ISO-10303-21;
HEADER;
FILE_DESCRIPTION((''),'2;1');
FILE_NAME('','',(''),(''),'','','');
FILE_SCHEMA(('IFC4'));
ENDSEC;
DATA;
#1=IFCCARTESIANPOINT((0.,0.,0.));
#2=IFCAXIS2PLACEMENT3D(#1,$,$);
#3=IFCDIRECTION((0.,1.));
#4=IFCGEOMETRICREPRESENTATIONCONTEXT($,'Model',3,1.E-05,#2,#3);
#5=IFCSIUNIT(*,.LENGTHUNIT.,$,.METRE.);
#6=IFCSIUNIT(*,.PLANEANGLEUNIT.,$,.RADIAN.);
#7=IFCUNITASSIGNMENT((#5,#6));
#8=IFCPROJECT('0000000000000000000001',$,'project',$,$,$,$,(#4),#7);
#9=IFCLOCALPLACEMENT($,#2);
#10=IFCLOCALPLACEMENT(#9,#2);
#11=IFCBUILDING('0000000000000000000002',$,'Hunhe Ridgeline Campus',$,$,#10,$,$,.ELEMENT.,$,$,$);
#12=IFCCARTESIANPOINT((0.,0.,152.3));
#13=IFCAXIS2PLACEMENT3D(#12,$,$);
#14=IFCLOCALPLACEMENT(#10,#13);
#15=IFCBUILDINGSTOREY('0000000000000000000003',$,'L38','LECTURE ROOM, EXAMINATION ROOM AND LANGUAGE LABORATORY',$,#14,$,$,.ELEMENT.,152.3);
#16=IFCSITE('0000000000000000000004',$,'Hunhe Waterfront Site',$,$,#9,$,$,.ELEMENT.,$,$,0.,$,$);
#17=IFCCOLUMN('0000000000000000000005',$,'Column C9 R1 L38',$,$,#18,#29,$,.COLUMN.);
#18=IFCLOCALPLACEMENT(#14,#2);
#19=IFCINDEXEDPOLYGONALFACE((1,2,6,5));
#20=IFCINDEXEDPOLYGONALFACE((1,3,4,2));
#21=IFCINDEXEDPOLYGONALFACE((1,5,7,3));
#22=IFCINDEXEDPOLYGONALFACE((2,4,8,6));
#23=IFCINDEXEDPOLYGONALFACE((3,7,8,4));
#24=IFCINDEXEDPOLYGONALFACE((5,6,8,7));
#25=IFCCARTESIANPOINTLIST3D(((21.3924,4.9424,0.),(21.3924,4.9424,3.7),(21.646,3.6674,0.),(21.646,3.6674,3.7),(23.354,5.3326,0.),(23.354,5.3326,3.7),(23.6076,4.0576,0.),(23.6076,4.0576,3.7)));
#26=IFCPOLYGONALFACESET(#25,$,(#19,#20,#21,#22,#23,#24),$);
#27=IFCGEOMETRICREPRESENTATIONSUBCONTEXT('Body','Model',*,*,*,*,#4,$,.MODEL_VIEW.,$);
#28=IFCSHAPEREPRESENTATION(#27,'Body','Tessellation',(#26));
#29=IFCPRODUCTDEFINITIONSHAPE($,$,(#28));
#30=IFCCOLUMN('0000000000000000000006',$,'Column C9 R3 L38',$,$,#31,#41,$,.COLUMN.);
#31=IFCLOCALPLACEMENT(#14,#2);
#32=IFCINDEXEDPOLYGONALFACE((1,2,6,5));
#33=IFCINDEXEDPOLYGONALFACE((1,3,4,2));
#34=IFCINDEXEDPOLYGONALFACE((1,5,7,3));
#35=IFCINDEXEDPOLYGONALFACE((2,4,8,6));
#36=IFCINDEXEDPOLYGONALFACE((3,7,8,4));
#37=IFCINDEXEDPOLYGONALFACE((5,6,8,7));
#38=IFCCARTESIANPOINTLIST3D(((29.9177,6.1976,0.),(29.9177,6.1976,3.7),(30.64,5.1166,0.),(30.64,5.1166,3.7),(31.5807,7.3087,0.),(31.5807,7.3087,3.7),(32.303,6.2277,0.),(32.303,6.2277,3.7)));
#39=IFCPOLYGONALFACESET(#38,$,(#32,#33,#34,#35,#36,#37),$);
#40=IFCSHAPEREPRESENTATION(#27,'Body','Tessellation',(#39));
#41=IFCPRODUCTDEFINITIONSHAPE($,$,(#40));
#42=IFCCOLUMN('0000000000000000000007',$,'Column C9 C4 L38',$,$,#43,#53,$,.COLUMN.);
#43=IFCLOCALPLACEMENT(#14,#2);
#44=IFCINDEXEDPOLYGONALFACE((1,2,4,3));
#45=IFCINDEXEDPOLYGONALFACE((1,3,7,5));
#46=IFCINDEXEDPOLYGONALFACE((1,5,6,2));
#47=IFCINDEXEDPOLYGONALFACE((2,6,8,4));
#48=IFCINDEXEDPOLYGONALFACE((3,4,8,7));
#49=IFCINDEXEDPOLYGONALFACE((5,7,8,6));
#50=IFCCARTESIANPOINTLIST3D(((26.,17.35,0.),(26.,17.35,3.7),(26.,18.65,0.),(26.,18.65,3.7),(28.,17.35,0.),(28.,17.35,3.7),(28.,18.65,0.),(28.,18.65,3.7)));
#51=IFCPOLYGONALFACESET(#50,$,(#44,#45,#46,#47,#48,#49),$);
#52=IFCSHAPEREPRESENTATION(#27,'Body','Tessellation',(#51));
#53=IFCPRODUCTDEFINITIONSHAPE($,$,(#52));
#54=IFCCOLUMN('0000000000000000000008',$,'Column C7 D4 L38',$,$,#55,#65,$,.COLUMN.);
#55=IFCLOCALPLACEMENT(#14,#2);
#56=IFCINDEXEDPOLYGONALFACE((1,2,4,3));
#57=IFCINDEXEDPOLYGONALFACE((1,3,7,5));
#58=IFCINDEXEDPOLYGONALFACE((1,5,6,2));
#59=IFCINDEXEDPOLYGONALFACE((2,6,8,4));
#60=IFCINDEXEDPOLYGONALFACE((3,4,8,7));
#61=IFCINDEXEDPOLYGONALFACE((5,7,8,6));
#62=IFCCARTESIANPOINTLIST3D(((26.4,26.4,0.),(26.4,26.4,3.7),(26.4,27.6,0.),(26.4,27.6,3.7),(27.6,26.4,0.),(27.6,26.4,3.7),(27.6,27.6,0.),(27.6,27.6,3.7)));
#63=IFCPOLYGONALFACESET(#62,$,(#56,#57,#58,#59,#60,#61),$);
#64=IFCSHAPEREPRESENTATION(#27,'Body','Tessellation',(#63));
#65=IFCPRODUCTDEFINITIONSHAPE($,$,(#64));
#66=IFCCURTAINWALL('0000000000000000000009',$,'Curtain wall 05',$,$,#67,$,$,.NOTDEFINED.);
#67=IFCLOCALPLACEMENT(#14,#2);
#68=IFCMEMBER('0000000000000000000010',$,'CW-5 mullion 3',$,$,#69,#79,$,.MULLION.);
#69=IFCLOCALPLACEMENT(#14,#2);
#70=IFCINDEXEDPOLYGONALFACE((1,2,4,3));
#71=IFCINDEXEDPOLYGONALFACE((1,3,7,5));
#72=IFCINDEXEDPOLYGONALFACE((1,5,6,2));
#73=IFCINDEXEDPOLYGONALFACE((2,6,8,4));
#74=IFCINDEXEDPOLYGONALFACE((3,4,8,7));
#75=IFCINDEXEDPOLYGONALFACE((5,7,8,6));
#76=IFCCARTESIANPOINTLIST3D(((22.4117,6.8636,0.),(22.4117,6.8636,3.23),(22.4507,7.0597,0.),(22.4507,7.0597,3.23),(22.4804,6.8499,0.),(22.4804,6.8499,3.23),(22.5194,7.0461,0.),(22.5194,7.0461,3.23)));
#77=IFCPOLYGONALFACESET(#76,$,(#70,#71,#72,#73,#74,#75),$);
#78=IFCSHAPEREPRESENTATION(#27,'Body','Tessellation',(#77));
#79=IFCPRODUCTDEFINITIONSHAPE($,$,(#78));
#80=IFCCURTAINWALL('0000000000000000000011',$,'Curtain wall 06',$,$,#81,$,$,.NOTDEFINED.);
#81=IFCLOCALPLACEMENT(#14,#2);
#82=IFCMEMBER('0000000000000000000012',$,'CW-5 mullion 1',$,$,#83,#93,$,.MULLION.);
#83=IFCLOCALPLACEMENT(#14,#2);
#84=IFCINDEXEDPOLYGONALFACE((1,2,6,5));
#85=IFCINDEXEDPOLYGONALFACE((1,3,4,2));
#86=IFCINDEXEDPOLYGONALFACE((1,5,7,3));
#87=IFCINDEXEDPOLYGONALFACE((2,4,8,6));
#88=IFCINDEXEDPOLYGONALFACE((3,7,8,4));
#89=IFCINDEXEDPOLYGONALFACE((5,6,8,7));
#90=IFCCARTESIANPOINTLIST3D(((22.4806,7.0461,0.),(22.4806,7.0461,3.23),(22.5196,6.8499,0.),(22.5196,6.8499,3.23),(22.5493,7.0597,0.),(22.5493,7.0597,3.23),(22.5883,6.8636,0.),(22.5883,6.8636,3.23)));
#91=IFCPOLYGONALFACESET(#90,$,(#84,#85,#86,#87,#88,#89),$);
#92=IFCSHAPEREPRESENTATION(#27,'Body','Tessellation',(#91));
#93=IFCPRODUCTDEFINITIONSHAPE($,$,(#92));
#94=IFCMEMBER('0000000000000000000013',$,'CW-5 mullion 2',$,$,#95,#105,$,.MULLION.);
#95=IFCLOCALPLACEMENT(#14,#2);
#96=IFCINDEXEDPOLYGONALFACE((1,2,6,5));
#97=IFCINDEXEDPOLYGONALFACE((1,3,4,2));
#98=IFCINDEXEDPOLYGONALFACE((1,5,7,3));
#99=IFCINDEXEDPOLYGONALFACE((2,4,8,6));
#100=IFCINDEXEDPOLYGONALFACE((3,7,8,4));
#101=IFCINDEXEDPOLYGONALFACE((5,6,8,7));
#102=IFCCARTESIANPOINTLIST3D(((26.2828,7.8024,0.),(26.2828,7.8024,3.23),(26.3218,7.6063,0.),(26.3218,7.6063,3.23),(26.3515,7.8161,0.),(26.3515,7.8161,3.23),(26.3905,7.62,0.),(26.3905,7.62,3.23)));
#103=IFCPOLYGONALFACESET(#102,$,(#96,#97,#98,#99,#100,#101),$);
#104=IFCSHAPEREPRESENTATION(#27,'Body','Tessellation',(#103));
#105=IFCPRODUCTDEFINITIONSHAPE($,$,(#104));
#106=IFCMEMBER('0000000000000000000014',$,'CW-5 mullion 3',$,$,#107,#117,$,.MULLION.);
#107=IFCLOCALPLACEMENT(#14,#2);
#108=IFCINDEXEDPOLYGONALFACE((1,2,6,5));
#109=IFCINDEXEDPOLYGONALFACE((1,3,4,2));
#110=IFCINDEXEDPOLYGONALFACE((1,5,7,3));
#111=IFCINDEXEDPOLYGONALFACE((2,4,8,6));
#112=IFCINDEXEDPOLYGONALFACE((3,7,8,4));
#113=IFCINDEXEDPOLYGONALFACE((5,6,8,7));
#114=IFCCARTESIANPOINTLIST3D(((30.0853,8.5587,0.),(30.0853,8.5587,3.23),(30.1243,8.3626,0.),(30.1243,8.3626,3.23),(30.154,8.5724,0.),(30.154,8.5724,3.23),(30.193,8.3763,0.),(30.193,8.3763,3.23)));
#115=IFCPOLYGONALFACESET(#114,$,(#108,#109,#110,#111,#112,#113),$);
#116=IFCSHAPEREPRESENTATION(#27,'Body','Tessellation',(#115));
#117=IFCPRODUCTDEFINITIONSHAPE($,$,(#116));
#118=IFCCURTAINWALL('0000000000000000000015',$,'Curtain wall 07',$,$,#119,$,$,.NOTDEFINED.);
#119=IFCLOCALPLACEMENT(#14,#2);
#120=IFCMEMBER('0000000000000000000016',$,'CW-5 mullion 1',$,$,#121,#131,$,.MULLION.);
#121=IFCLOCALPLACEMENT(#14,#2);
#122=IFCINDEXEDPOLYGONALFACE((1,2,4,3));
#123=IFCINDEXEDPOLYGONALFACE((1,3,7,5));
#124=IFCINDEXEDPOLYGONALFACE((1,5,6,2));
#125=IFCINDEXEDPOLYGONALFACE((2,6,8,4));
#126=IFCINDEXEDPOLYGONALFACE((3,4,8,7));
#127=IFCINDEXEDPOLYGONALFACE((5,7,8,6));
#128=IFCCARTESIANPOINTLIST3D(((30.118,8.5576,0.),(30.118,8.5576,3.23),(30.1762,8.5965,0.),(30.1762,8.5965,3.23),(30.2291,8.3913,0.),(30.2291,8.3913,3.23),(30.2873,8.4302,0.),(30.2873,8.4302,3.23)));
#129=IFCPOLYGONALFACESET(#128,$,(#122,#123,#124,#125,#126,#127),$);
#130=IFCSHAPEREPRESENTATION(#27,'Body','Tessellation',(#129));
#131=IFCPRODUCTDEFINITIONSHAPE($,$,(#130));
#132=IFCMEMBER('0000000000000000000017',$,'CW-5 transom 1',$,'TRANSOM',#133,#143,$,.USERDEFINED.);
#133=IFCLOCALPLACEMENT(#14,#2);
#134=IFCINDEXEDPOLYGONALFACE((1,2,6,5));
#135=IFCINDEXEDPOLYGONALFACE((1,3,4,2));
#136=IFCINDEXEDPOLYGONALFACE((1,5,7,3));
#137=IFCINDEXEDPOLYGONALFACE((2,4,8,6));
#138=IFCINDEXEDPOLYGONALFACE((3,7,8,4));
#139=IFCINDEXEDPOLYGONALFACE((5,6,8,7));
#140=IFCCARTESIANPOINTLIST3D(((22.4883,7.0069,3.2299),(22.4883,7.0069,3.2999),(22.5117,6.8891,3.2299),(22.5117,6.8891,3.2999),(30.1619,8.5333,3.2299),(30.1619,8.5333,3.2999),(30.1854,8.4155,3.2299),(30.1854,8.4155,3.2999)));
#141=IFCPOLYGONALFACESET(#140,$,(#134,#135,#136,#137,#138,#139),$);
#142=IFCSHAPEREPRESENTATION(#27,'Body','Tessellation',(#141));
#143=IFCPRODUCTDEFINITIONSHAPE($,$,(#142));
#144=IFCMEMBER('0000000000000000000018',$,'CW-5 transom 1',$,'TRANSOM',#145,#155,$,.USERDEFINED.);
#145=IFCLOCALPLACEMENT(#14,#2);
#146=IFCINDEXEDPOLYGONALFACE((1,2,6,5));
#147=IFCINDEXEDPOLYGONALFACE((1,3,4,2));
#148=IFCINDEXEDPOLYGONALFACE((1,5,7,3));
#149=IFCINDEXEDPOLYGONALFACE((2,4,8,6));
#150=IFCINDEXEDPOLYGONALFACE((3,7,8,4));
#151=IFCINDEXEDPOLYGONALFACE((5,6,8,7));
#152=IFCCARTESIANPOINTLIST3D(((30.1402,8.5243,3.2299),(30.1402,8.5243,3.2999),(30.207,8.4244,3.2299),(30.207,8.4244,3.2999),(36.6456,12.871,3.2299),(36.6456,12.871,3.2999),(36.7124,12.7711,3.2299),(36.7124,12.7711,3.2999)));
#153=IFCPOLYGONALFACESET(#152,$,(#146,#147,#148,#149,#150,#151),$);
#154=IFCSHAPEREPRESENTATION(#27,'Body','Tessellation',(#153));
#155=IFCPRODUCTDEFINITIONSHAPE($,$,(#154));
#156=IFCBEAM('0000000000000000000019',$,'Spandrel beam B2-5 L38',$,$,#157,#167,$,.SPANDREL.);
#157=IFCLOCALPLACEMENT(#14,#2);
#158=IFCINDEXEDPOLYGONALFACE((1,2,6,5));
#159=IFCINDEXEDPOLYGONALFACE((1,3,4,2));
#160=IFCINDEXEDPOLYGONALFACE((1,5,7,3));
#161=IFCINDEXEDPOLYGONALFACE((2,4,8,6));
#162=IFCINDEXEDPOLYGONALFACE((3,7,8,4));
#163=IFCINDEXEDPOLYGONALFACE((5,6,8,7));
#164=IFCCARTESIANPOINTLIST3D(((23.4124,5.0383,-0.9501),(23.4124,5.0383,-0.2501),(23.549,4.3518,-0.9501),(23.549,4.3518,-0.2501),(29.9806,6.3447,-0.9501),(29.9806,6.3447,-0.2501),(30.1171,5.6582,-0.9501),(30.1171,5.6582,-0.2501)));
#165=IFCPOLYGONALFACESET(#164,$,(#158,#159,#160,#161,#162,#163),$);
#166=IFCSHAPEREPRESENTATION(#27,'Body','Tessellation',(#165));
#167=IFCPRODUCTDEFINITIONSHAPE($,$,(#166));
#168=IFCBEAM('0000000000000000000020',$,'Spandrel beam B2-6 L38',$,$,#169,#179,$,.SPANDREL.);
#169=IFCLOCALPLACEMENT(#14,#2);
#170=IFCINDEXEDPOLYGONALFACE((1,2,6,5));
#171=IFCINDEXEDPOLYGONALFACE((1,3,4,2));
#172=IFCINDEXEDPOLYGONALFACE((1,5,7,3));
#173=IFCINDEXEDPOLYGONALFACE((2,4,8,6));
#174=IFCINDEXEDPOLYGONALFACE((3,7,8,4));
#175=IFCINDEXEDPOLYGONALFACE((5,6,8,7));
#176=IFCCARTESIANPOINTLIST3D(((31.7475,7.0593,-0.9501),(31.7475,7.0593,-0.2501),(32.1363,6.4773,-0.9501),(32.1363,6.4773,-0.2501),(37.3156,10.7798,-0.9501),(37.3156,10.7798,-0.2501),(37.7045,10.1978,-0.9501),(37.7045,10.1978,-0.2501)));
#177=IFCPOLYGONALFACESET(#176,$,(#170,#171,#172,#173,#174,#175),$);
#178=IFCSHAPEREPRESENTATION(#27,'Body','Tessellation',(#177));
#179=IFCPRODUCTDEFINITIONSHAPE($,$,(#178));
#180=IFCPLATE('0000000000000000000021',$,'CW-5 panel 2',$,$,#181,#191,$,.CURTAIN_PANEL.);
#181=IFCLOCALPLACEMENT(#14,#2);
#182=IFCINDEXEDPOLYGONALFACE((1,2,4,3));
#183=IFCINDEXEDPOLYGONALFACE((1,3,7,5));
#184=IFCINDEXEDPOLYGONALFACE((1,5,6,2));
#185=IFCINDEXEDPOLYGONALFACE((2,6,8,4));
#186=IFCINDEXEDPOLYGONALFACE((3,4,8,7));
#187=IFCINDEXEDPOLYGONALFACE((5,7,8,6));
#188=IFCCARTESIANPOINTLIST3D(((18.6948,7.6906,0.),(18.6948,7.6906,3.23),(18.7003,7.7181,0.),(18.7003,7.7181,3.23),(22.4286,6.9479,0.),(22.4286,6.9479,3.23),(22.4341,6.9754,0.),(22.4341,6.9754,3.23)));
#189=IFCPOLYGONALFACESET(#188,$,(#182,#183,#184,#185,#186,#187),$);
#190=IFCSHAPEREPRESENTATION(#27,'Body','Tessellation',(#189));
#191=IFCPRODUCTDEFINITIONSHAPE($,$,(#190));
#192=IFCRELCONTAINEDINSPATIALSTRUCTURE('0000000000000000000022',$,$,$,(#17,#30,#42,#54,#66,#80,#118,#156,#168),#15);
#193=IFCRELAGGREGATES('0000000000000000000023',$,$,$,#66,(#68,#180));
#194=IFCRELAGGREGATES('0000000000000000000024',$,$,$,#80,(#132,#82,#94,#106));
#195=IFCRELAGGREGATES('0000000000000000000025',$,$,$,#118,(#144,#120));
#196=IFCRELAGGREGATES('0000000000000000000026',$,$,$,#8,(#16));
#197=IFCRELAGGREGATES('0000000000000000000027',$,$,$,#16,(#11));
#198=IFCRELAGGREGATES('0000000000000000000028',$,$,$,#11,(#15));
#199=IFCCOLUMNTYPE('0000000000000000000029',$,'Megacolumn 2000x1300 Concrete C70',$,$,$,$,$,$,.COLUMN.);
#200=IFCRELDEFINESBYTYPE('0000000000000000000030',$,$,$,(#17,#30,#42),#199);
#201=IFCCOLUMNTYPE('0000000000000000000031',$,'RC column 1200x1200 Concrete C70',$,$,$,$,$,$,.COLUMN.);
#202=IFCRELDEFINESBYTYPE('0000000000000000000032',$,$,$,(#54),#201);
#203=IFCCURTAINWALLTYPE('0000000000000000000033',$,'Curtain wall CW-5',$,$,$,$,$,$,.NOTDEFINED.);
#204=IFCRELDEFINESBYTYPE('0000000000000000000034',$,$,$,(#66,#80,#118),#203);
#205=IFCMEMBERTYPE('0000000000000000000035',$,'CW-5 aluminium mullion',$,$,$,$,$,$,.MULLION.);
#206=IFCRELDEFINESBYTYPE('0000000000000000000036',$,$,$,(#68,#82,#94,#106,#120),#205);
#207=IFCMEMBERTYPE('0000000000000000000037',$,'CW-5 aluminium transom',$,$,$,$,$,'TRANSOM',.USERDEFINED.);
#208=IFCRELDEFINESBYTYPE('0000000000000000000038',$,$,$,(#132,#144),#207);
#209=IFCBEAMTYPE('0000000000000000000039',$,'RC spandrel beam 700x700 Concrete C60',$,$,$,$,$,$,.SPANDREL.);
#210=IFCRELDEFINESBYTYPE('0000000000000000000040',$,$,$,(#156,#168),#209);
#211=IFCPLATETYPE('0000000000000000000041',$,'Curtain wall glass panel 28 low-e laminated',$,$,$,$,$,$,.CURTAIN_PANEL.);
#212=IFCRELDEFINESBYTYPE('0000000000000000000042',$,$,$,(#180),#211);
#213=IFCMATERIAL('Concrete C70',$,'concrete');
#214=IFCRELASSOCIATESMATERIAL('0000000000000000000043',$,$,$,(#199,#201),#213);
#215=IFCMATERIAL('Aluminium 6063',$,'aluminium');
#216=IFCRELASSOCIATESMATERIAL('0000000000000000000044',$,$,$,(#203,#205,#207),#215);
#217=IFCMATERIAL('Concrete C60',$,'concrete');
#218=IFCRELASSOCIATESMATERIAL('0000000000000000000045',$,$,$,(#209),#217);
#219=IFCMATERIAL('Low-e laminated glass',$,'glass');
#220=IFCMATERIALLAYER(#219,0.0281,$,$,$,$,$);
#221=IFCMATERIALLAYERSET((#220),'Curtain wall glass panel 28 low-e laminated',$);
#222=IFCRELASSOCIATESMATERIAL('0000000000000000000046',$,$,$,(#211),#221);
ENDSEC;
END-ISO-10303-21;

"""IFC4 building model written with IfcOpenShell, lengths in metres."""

from ifc_helpers import new_model, si_unit, direction, frame, origin, origin_2d, place, context, subcontext, project, spatial, rectangle, extrude, material, layer, layer_set, material_profile, profile_set, type_object, element, aggregate, save


model = new_model("IFC4")

# Units and contexts
model_context = context("Model", 3, precision=1e-05, world=origin(), true_north=direction((0.0, 1.0)))
body_context = subcontext(model_context, "Body", "Model", "MODEL_VIEW")
ifc_project = project(units=[si_unit("LENGTHUNIT", "METRE"), si_unit("PLANEANGLEUNIT", "RADIAN")], contexts=[model_context])

# Site, building, storey
site_placement = place(None, origin())
site = spatial("IfcSite", under=ifc_project, at=site_placement, Name="Hunhe Waterfront Site", CompositionType="ELEMENT", RefElevation=0.0)
building_placement = place(site_placement, origin())
building = spatial("IfcBuilding", under=site, at=building_placement, Name="Hunhe Ridgeline Campus", CompositionType="ELEMENT")
storey_placement = place(building_placement, frame((0.0, 0.0, 152.3)))
storey = spatial("IfcBuildingStorey", under=building, at=storey_placement, Name="L38", Description="LECTURE ROOM, EXAMINATION ROOM AND LANGUAGE LABORATORY", CompositionType="ELEMENT", Elevation=152.3)

# Columns
ifc_material_1 = material(Name="Concrete C70", Category="concrete")
ifc_material_profile_1 = material_profile(ifc_material_1, rectangle(XDim=2.0, YDim=1.3, at=origin_2d()))
ifc_profile_set_1 = profile_set([ifc_material_profile_1], Name="Concrete C70")
column_type_1 = type_object("IfcColumnType", Name="Megacolumn 2000x1300 Concrete C70", PredefinedType="COLUMN", material=ifc_profile_set_1)
for number, where, z_axis, x_axis, name in (
    (1, (22.5, 4.5, 0.0), (0.0, 0.0, 1.0), (0.980785, 0.19509, 0.0), "Column C9 R1 L38"),
    (2, (31.1104, 6.2126, 0.0), (0.0, 0.0, 1.0), (0.83147, 0.55557, 0.0), "Column C9 R3 L38"),
    (3, (27.0, 18.0, 0.0), (0.0, 0.0, 1.0), (1.0, 0.0, 0.0), "Column C9 C4 L38"),
):
    element("IfcColumn", number, at=place(storey_placement, frame(where, z_axis=z_axis, x_axis=x_axis)), inside=storey, type_object=column_type_1, Name=name, PredefinedType="COLUMN", context=body_context, shape_type="SweptSolid", body=[
        extrude(rectangle(XDim=2.0, YDim=1.3, at=origin_2d()), origin(), (0.0, 0.0, 1.0), 3.7),
    ])
ifc_material_profile_2 = material_profile(ifc_material_1, rectangle(XDim=1.2, YDim=1.2, at=origin_2d()))
ifc_profile_set_2 = profile_set([ifc_material_profile_2], Name="Concrete C70")
column_type_2 = type_object("IfcColumnType", Name="RC column 1200x1200 Concrete C70", PredefinedType="COLUMN", material=ifc_profile_set_2)
column_placement = place(storey_placement, frame((27.0, 27.0, 0.0), z_axis=(0.0, 0.0, 1.0), x_axis=(1.0, 0.0, 0.0)))
element("IfcColumn", 4, at=column_placement, inside=storey, type_object=column_type_2, Name="Column C7 D4 L38", PredefinedType="COLUMN", context=body_context, shape_type="SweptSolid", body=[
    extrude(rectangle(XDim=1.2, YDim=1.2, at=origin_2d()), origin(), (0.0, 0.0, 1.0), 3.7),
])

# Curtain wall, member
ifc_material_2 = material(Name="Aluminium 6063", Category="aluminium")
curtain_wall_type = type_object("IfcCurtainWallType", Name="Curtain wall CW-5", PredefinedType="NOTDEFINED", material=ifc_material_2)
curtain_wall_1_placement = place(storey_placement, origin())
curtain_wall_1 = element("IfcCurtainWall", 5, at=curtain_wall_1_placement, inside=storey, type_object=curtain_wall_type, Name="Curtain wall 05", PredefinedType="NOTDEFINED")
ifc_material_profile_3 = material_profile(ifc_material_2, rectangle(XDim=0.2, YDim=0.0701, at=origin_2d()))
ifc_profile_set_3 = profile_set([ifc_material_profile_3], Name="Aluminium 6063")
member_type_1 = type_object("IfcMemberType", Name="CW-5 aluminium mullion", PredefinedType="MULLION", material=ifc_profile_set_3)
member_1_placement = place(storey_placement, frame((22.4656, 6.9548, 0.0), z_axis=(0.0, 0.0, 1.0), x_axis=(0.19509, 0.980785, 0.0)))
member_1 = element("IfcMember", 6, at=member_1_placement, type_object=member_type_1, Name="CW-5 mullion 3", PredefinedType="MULLION", context=body_context, shape_type="SweptSolid", body=[
    extrude(rectangle(XDim=0.2, YDim=0.0701, at=origin_2d()), origin(), (0.0, 0.0, 1.0), 3.23),
])

# Curtain wall, members
curtain_wall_2_placement = place(storey_placement, origin())
curtain_wall_2 = element("IfcCurtainWall", 7, at=curtain_wall_2_placement, inside=storey, type_object=curtain_wall_type, Name="Curtain wall 06", PredefinedType="NOTDEFINED")
member_2_placement = place(storey_placement, frame((22.5344, 6.9548, 0.0), z_axis=(0.0, 0.0, 1.0), x_axis=(-0.19509, 0.980785, 0.0)))
member_2 = element("IfcMember", 8, at=member_2_placement, type_object=member_type_1, Name="CW-5 mullion 1", PredefinedType="MULLION", context=body_context, shape_type="SweptSolid", body=[
    extrude(rectangle(XDim=0.2, YDim=0.0701, at=origin_2d()), origin(), (0.0, 0.0, 1.0), 3.23),
])
member_3_placement = place(storey_placement, frame((26.3367, 7.7112, 0.0), z_axis=(0.0, 0.0, 1.0), x_axis=(-0.19509, 0.980785, 0.0)))
member_3 = element("IfcMember", 9, at=member_3_placement, type_object=member_type_1, Name="CW-5 mullion 2", PredefinedType="MULLION", context=body_context, shape_type="SweptSolid", body=[
    extrude(rectangle(XDim=0.2, YDim=0.0701, at=origin_2d()), origin(), (0.0, 0.0, 1.0), 3.23),
])
member_4_placement = place(storey_placement, frame((30.1392, 8.4675, 0.0), z_axis=(0.0, 0.0, 1.0), x_axis=(-0.19509, 0.980785, 0.0)))
member_4 = element("IfcMember", 10, at=member_4_placement, type_object=member_type_1, Name="CW-5 mullion 3", PredefinedType="MULLION", context=body_context, shape_type="SweptSolid", body=[
    extrude(rectangle(XDim=0.2, YDim=0.0701, at=origin_2d()), origin(), (0.0, 0.0, 1.0), 3.23),
])

# Curtain wall, member
curtain_wall_3_placement = place(storey_placement, origin())
curtain_wall_3 = element("IfcCurtainWall", 11, at=curtain_wall_3_placement, inside=storey, type_object=curtain_wall_type, Name="Curtain wall 07", PredefinedType="NOTDEFINED")
member_5_placement = place(storey_placement, frame((30.2026, 8.4939, 0.0), z_axis=(0.0, 0.0, 1.0), x_axis=(-0.55557, 0.83147, 0.0)))
member_5 = element("IfcMember", 12, at=member_5_placement, type_object=member_type_1, Name="CW-5 mullion 1", PredefinedType="MULLION", context=body_context, shape_type="SweptSolid", body=[
    extrude(rectangle(XDim=0.2, YDim=0.0701, at=origin_2d()), origin(), (0.0, 0.0, 1.0), 3.23),
])

# Members
ifc_material_profile_4 = material_profile(ifc_material_2, rectangle(XDim=0.1201, YDim=0.0701, at=origin_2d()))
ifc_profile_set_4 = profile_set([ifc_material_profile_4], Name="Aluminium 6063")
member_type_2 = type_object("IfcMemberType", Name="CW-5 aluminium transom", ElementType="TRANSOM", PredefinedType="USERDEFINED", material=ifc_profile_set_4)
member_6_placement = place(storey_placement, frame((22.5, 6.948, 3.2649), z_axis=(0.980785, 0.19509, 0.0), x_axis=(-0.19509, 0.980785, 0.0)))
member_6 = element("IfcMember", 13, at=member_6_placement, type_object=member_type_2, Name="CW-5 transom 1", ObjectType="TRANSOM", PredefinedType="USERDEFINED", context=body_context, shape_type="SweptSolid", body=[
    extrude(rectangle(XDim=0.1201, YDim=0.0701, at=origin_2d()), origin(), (0.0, 0.0, 1.0), 7.824),
])
member_7_placement = place(storey_placement, frame((30.1736, 8.4744, 3.2649), z_axis=(0.831474, 0.555564, 0.0), x_axis=(-0.555564, 0.831474, 0.0)))
member_7 = element("IfcMember", 14, at=member_7_placement, type_object=member_type_2, Name="CW-5 transom 1", ObjectType="TRANSOM", PredefinedType="USERDEFINED", context=body_context, shape_type="SweptSolid", body=[
    extrude(rectangle(XDim=0.1201, YDim=0.0701, at=origin_2d()), origin(), (0.0, 0.0, 1.0), 7.824),
])

# Beams
ifc_material_3 = material(Name="Concrete C60", Category="concrete")
ifc_material_profile_5 = material_profile(ifc_material_3, rectangle(XDim=0.7, YDim=0.7, at=origin_2d()))
ifc_profile_set_5 = profile_set([ifc_material_profile_5], Name="Concrete C60")
beam_type = type_object("IfcBeamType", Name="RC spandrel beam 700x700 Concrete C60", PredefinedType="SPANDREL", material=ifc_profile_set_5)
for number, where, z_axis, x_axis, name in (
    (15, (23.4807, 4.6951, -0.6001), (0.980788, 0.195078, 0.0), (-0.195078, 0.980788, 0.0), "Spandrel beam B2-5 L38"),
    (16, (31.9419, 6.7683, -0.6001), (0.831472, 0.555566, 0.0), (-0.555566, 0.831472, 0.0), "Spandrel beam B2-6 L38"),
):
    element("IfcBeam", number, at=place(storey_placement, frame(where, z_axis=z_axis, x_axis=x_axis)), inside=storey, type_object=beam_type, Name=name, PredefinedType="SPANDREL", context=body_context, shape_type="SweptSolid", body=[
        extrude(rectangle(XDim=0.7, YDim=0.7, at=origin_2d()), origin(), (0.0, 0.0, 1.0), 6.6968),
    ])

# Plate
ifc_material_4 = material(Name="Low-e laminated glass", Category="glass")
ifc_layer_1 = layer(ifc_material_4, 0.0281)
ifc_layer_set_1 = layer_set([ifc_layer_1], Name="Curtain wall glass panel 28 low-e laminated")
plate_type = type_object("IfcPlateType", Name="Curtain wall glass panel 28 low-e laminated", PredefinedType="CURTAIN_PANEL", material=ifc_layer_set_1)
plate_1_placement = place(storey_placement, frame((20.5645, 7.333, 0.0), z_axis=(0.0, 0.0, 1.0), x_axis=(0.980785, -0.19509, 0.0)))
plate_1 = element("IfcPlate", 17, at=plate_1_placement, type_object=plate_type, Name="CW-5 panel 2", PredefinedType="CURTAIN_PANEL", context=body_context, shape_type="SweptSolid", body=[
    extrude(rectangle(XDim=3.8069, YDim=0.0281, at=origin_2d()), origin(), (0.0, 0.0, 1.0), 3.23),
])
aggregate(curtain_wall_1, [member_1, plate_1])
aggregate(curtain_wall_2, [member_6, member_2, member_3, member_4])
aggregate(curtain_wall_3, [member_7, member_5])

save(model, "model.ifc")
